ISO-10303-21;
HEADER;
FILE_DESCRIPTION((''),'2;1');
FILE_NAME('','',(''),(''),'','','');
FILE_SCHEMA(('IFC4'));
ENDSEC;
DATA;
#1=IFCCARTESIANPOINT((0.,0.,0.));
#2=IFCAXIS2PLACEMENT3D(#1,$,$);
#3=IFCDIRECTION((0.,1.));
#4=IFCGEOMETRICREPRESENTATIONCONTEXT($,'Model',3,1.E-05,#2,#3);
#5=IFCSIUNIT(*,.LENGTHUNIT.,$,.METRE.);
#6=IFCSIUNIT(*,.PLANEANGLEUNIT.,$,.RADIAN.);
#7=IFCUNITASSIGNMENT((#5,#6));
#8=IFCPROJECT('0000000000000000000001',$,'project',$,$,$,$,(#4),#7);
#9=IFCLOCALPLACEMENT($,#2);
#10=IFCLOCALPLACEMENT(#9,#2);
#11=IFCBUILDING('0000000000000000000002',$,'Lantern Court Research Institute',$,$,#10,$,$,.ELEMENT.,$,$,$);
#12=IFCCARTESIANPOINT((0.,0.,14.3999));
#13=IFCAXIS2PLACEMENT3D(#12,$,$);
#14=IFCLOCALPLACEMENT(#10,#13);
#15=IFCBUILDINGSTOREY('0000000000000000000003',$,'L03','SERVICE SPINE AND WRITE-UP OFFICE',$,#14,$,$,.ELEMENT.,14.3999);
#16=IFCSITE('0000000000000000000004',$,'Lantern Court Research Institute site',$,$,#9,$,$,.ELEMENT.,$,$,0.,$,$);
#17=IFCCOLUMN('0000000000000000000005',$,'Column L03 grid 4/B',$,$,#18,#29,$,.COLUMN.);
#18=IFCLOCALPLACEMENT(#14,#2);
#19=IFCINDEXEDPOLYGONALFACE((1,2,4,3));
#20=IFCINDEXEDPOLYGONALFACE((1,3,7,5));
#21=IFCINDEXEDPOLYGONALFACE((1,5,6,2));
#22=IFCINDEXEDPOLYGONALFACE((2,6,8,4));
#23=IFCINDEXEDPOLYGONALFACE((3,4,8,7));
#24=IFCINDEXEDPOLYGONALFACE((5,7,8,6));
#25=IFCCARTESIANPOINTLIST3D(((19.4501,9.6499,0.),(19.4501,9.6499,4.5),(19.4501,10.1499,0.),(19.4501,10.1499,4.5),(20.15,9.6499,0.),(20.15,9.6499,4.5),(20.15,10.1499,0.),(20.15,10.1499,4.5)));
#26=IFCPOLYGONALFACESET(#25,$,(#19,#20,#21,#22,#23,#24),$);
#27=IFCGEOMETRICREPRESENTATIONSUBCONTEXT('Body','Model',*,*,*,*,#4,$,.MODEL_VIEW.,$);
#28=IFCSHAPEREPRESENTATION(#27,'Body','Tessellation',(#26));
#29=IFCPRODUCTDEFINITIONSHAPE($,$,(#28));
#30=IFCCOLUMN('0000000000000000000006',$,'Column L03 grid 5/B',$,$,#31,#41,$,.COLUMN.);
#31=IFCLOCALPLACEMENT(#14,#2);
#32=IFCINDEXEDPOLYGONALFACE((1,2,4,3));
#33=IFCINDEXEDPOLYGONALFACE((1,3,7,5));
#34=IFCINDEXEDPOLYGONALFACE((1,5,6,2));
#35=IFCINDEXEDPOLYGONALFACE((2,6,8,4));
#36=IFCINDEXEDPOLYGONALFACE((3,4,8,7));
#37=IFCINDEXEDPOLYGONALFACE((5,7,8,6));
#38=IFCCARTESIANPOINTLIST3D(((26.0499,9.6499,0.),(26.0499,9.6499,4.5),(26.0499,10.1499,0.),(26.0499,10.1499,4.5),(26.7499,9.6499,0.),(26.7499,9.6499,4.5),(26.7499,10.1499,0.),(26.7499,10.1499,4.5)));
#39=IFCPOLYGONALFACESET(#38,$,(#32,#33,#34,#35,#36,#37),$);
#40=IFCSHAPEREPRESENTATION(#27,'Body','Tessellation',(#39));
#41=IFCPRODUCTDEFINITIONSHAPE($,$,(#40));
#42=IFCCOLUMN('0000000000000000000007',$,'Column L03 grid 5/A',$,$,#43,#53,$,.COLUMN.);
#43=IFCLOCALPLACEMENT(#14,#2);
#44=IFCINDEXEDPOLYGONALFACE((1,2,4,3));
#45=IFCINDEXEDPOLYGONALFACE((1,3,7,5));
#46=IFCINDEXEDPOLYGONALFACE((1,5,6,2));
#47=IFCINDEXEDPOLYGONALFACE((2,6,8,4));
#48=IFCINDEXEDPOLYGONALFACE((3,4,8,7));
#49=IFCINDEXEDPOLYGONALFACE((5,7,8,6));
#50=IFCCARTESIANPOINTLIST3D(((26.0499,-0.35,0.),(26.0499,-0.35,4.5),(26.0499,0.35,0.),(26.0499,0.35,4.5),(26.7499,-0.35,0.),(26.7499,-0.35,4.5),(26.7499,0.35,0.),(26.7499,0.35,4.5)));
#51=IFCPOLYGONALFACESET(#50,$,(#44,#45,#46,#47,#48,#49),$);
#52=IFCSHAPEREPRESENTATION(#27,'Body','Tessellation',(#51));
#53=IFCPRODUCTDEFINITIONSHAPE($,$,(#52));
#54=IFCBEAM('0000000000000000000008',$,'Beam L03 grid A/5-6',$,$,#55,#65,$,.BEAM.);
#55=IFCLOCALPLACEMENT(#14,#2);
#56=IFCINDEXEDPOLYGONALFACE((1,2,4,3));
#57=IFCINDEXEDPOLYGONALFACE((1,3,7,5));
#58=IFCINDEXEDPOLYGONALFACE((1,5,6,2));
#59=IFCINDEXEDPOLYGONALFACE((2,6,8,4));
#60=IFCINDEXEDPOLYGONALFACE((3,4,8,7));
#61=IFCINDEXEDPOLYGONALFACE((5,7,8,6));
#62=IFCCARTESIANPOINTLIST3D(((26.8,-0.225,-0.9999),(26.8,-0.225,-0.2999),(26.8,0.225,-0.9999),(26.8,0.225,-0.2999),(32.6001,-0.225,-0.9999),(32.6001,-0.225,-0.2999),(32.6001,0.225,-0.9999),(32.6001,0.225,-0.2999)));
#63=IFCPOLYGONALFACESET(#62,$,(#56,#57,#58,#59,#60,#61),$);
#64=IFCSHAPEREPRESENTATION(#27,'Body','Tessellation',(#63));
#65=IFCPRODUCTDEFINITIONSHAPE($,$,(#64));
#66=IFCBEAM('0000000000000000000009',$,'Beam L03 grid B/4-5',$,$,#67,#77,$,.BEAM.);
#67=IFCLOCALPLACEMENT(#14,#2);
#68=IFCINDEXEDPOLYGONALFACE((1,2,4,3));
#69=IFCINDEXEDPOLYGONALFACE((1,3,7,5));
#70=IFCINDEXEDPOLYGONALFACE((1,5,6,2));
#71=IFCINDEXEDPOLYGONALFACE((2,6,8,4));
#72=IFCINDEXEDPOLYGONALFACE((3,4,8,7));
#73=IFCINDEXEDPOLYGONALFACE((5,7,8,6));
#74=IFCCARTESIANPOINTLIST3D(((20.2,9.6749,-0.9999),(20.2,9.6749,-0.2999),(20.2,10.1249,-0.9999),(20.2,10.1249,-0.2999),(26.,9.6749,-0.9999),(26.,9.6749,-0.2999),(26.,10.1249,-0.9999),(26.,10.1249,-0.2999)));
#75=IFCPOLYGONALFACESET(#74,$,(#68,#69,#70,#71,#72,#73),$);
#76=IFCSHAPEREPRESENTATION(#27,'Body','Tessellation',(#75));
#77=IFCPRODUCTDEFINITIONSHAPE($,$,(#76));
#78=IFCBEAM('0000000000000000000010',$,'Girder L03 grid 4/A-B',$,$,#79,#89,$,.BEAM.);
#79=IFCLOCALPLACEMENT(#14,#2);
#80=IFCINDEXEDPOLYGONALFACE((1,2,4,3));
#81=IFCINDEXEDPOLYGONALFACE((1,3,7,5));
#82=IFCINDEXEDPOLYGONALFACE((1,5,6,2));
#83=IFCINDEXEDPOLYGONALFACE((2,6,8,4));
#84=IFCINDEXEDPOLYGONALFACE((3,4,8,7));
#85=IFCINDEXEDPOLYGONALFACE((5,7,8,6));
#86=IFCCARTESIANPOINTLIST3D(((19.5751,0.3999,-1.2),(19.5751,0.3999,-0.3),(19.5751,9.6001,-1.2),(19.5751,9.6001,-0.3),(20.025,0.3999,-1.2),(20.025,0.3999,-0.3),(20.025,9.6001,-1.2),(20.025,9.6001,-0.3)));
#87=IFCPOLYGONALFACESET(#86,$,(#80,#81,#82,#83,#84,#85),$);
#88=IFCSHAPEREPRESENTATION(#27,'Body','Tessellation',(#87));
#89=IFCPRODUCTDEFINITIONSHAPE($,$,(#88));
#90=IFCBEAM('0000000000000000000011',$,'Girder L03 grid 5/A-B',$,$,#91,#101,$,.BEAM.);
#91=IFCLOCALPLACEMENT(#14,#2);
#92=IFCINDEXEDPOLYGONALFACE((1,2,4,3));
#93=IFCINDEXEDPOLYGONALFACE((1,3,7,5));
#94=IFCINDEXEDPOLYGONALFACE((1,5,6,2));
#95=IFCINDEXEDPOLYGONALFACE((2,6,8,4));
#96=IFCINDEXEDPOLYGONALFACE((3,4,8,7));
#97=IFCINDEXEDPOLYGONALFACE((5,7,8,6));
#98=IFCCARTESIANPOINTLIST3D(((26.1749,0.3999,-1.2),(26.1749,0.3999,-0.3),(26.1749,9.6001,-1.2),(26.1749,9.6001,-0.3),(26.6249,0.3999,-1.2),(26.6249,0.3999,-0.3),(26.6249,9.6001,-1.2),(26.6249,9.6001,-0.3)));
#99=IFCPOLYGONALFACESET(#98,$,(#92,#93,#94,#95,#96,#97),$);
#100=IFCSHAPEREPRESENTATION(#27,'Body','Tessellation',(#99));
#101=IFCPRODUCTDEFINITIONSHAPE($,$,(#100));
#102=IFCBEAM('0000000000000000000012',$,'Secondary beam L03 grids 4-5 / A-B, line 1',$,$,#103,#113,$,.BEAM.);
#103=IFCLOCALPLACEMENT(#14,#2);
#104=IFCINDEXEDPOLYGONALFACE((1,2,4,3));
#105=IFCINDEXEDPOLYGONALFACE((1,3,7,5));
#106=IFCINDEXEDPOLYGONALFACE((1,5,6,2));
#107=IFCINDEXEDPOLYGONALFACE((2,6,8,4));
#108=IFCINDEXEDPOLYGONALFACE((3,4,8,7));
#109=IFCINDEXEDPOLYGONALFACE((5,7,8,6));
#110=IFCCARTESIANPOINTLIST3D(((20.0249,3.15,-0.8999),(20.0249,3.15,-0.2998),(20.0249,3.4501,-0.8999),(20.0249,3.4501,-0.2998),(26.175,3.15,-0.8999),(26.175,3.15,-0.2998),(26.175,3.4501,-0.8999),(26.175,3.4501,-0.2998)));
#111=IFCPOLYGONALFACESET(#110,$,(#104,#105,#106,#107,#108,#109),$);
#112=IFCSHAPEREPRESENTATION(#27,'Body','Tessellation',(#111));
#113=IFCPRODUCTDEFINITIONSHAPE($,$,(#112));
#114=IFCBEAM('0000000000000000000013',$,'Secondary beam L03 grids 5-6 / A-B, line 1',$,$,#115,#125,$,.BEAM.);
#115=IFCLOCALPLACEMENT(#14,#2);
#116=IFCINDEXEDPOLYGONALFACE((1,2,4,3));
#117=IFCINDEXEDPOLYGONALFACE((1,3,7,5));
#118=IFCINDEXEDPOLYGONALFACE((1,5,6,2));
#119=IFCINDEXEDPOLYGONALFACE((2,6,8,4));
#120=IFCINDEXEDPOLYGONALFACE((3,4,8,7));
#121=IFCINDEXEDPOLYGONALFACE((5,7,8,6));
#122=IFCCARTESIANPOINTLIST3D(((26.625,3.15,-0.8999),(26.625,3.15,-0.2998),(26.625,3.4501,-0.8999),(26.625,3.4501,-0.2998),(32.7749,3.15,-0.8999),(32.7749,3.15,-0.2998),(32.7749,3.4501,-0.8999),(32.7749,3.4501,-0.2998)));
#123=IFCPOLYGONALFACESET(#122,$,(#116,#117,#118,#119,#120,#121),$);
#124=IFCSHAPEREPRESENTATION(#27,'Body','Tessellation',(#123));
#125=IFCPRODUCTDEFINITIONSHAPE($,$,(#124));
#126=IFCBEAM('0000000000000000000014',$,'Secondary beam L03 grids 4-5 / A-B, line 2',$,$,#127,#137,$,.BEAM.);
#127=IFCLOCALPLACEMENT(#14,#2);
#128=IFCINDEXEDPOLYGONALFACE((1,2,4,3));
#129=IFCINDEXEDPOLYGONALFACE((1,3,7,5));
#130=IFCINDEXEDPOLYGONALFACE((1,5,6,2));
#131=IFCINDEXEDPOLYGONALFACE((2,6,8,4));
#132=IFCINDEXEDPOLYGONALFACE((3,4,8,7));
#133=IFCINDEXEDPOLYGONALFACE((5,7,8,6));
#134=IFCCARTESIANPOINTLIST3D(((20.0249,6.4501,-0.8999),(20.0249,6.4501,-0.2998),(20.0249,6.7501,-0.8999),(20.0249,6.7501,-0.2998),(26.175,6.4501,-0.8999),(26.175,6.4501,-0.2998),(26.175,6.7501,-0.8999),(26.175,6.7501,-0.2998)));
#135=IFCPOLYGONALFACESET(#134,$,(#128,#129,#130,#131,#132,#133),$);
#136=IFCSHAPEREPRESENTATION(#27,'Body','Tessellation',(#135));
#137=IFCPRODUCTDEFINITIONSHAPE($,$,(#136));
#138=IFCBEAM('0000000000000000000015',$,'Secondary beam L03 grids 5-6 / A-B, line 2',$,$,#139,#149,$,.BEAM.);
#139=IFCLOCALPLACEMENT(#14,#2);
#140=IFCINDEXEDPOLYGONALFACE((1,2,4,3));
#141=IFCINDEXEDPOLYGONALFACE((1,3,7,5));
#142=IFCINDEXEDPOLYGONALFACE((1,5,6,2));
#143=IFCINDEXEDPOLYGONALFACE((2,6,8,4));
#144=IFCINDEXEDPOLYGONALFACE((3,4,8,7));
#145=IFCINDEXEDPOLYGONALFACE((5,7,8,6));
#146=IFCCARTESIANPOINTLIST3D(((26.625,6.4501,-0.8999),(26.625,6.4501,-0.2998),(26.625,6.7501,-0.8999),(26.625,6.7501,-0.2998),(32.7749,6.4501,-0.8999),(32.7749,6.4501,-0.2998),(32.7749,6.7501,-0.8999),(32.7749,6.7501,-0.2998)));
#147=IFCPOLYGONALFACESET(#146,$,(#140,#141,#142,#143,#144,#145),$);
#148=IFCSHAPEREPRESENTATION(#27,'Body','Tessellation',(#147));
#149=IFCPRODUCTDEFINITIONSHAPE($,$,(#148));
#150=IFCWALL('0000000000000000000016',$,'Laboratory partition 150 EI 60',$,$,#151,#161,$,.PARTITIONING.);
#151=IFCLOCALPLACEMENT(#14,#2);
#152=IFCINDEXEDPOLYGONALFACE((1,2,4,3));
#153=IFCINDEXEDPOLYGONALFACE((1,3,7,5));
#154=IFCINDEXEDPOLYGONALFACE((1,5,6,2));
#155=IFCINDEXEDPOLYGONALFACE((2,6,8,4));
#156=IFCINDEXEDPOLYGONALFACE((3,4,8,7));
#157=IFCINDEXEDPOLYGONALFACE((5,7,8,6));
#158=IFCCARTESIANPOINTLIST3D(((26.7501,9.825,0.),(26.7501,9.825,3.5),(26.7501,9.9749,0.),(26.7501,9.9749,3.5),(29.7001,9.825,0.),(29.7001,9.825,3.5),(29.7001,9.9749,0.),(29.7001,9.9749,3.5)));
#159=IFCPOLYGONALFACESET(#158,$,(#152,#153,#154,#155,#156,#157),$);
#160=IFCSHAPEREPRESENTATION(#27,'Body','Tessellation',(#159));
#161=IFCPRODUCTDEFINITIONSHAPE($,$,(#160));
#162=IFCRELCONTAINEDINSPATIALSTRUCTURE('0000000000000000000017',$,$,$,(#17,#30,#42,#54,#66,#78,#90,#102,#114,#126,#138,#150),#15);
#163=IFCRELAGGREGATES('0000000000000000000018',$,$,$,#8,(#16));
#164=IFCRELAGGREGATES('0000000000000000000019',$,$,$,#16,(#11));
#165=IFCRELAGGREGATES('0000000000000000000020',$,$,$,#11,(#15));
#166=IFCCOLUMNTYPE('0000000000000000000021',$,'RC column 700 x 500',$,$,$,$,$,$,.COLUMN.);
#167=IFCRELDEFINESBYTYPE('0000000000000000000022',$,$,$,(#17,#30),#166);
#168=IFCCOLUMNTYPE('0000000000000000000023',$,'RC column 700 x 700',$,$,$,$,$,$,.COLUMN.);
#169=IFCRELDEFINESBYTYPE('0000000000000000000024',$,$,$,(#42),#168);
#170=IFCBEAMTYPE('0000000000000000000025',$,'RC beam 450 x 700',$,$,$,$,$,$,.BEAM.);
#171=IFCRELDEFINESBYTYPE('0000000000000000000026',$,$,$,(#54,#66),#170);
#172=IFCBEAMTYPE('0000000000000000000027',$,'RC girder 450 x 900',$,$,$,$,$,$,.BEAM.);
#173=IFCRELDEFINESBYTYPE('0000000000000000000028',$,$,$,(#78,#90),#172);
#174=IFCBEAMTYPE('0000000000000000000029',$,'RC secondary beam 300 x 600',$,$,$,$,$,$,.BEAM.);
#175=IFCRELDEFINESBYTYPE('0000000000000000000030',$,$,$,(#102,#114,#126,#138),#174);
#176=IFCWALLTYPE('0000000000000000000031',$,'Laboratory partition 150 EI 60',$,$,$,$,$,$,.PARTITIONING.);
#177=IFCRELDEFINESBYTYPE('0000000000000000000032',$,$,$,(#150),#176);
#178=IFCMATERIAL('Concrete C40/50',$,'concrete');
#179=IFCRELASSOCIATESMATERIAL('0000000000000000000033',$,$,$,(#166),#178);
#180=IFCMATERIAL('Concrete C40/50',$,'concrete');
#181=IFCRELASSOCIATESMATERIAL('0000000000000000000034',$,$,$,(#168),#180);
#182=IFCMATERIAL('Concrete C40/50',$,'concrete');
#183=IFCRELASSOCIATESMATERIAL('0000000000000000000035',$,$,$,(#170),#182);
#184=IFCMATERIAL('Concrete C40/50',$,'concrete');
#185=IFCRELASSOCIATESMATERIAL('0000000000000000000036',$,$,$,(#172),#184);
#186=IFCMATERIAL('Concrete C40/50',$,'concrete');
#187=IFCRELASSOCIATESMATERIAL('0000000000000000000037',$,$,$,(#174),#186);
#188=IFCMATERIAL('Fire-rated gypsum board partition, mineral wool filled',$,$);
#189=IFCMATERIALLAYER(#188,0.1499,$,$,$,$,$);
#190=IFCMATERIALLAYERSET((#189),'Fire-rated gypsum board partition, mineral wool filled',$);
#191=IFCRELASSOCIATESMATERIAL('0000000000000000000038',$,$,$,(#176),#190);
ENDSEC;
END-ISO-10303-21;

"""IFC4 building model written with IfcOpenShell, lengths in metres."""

from ifc_helpers import new_model, si_unit, direction, frame, frame_2d, origin, origin_2d, place, context, subcontext, project, spatial, rectangle, extrude, material, layer, layer_set, material_profile, profile_set, type_object, element, save


model = new_model("IFC4")

# Units and contexts
model_context = context("Model", 3, precision=1e-05, world=origin(), true_north=direction((0.0, 1.0)))
body_context = subcontext(model_context, "Body", "Model", "MODEL_VIEW")
ifc_project = project(units=[si_unit("LENGTHUNIT", "METRE"), si_unit("PLANEANGLEUNIT", "RADIAN")], contexts=[model_context])

# Site, building, storey
site_placement = place(None, origin())
site = spatial("IfcSite", under=ifc_project, at=site_placement, Name="Lantern Court Research Institute site", CompositionType="ELEMENT", RefElevation=0.0)
building_placement = place(site_placement, origin())
building = spatial("IfcBuilding", under=site, at=building_placement, Name="Lantern Court Research Institute", CompositionType="ELEMENT")
storey_placement = place(building_placement, frame((0.0, 0.0, 14.3999)))
storey = spatial("IfcBuildingStorey", under=building, at=storey_placement, Name="L03", Description="SERVICE SPINE AND WRITE-UP OFFICE", CompositionType="ELEMENT", Elevation=14.3999)

# Columns
ifc_material_1 = material(Name="Concrete C40/50", Category="concrete")
ifc_material_profile_1 = material_profile(ifc_material_1, rectangle(XDim=0.7, YDim=0.5, at=origin_2d()), Name="RC column 700 x 500")
ifc_profile_set_1 = profile_set([ifc_material_profile_1], Name="Concrete C40/50")
column_type_1 = type_object("IfcColumnType", Name="RC column 700 x 500", PredefinedType="COLUMN", material=ifc_profile_set_1)
for number, where, z_axis, x_axis, name in (
    (1, (19.8, 9.8999, 0.0), (0.0, 0.0, 1.0), (1.0, 0.0, 0.0), "Column L03 grid 4/B"),
    (2, (26.3999, 9.8999, 0.0), (0.0, 0.0, 1.0), (1.0, 0.0, 0.0), "Column L03 grid 5/B"),
):
    element("IfcColumn", number, at=place(storey_placement, frame(where, z_axis=z_axis, x_axis=x_axis)), inside=storey, type_object=column_type_1, Name=name, PredefinedType="COLUMN", context=body_context, shape_type="SweptSolid", body=[
        extrude(rectangle(XDim=0.7, YDim=0.5, at=origin_2d()), origin(), (0.0, 0.0, 1.0), 4.5),
    ])
ifc_material_2 = material(Name="Concrete C40/50", Category="concrete")
ifc_material_profile_2 = material_profile(ifc_material_2, rectangle(XDim=0.7, YDim=0.7, at=origin_2d()), Name="RC column 700 x 700")
ifc_profile_set_2 = profile_set([ifc_material_profile_2], Name="Concrete C40/50")
column_type_2 = type_object("IfcColumnType", Name="RC column 700 x 700", PredefinedType="COLUMN", material=ifc_profile_set_2)
column_placement = place(storey_placement, frame((26.3999, 0.0, 0.0), z_axis=(0.0, 0.0, 1.0), x_axis=(1.0, 0.0, 0.0)))
element("IfcColumn", 3, at=column_placement, inside=storey, type_object=column_type_2, Name="Column L03 grid 5/A", PredefinedType="COLUMN", context=body_context, shape_type="SweptSolid", body=[
    extrude(rectangle(XDim=0.7, YDim=0.7, at=origin_2d()), origin(), (0.0, 0.0, 1.0), 4.5),
])

# Beams
ifc_material_3 = material(Name="Concrete C40/50", Category="concrete")
ifc_material_profile_3 = material_profile(ifc_material_3, rectangle(XDim=0.45, YDim=0.7, at=origin_2d()), Name="RC beam 450 x 700")
ifc_profile_set_3 = profile_set([ifc_material_profile_3], Name="Concrete C40/50")
beam_type_1 = type_object("IfcBeamType", Name="RC beam 450 x 700", PredefinedType="BEAM", material=ifc_profile_set_3)
for number, where, z_axis, x_axis, name in (
    (4, (26.8, 0.0, -0.6499), (1.0, 0.0, 0.0), (0.0, 1.0, 0.0), "Beam L03 grid A/5-6"),
    (5, (20.2, 9.8999, -0.6499), (1.0, 0.0, 0.0), (0.0, 1.0, 0.0), "Beam L03 grid B/4-5"),
):
    element("IfcBeam", number, at=place(storey_placement, frame(where, z_axis=z_axis, x_axis=x_axis)), inside=storey, type_object=beam_type_1, Name=name, PredefinedType="BEAM", context=body_context, shape_type="SweptSolid", body=[
        extrude(rectangle(XDim=0.45, YDim=0.7, at=origin_2d()), origin(), (0.0, 0.0, 1.0), 5.8),
    ])
ifc_material_4 = material(Name="Concrete C40/50", Category="concrete")
ifc_material_profile_4 = material_profile(ifc_material_4, rectangle(XDim=0.45, YDim=0.8999, at=origin_2d()), Name="RC beam 450 x 900")
ifc_profile_set_4 = profile_set([ifc_material_profile_4], Name="Concrete C40/50")
beam_type_2 = type_object("IfcBeamType", Name="RC girder 450 x 900", PredefinedType="BEAM", material=ifc_profile_set_4)
for number, where, z_axis, x_axis, name in (
    (6, (19.8, 0.3999, -0.75), (0.0, 1.0, 0.0), (-1.0, 0.0, 0.0), "Girder L03 grid 4/A-B"),
    (7, (26.3999, 0.3999, -0.75), (0.0, 1.0, 0.0), (-1.0, 0.0, 0.0), "Girder L03 grid 5/A-B"),
):
    element("IfcBeam", number, at=place(storey_placement, frame(where, z_axis=z_axis, x_axis=x_axis)), inside=storey, type_object=beam_type_2, Name=name, PredefinedType="BEAM", context=body_context, shape_type="SweptSolid", body=[
        extrude(rectangle(XDim=0.45, YDim=0.8999, at=origin_2d()), origin(), (0.0, 0.0, 1.0), 9.2002),
    ])
ifc_material_5 = material(Name="Concrete C40/50", Category="concrete")
ifc_material_profile_5 = material_profile(ifc_material_5, rectangle(XDim=0.3, YDim=0.6001, at=origin_2d()), Name="RC beam 300 x 600")
ifc_profile_set_5 = profile_set([ifc_material_profile_5], Name="Concrete C40/50")
beam_type_3 = type_object("IfcBeamType", Name="RC secondary beam 300 x 600", PredefinedType="BEAM", material=ifc_profile_set_5)
beam_1_placement = place(storey_placement, frame((20.0249, 3.3, -0.5999), z_axis=(1.0, 0.0, 0.0), x_axis=(0.0, 1.0, 0.0)))
element("IfcBeam", 8, at=beam_1_placement, inside=storey, type_object=beam_type_3, Name="Secondary beam L03 grids 4-5 / A-B, line 1", PredefinedType="BEAM", context=body_context, shape_type="SweptSolid", body=[
    extrude(rectangle(XDim=0.3, YDim=0.6001, at=origin_2d()), origin(), (0.0, 0.0, 1.0), 6.1501),
])
beam_2_placement = place(storey_placement, frame((26.625, 3.3, -0.5999), z_axis=(1.0, 0.0, 0.0), x_axis=(0.0, 1.0, 0.0)))
element("IfcBeam", 9, at=beam_2_placement, inside=storey, type_object=beam_type_3, Name="Secondary beam L03 grids 5-6 / A-B, line 1", PredefinedType="BEAM", context=body_context, shape_type="SweptSolid", body=[
    extrude(rectangle(XDim=0.3, YDim=0.6001, at=origin_2d()), origin(), (0.0, 0.0, 1.0), 6.1499),
])
beam_3_placement = place(storey_placement, frame((20.0249, 6.6001, -0.5999), z_axis=(1.0, 0.0, 0.0), x_axis=(0.0, 1.0, 0.0)))
element("IfcBeam", 10, at=beam_3_placement, inside=storey, type_object=beam_type_3, Name="Secondary beam L03 grids 4-5 / A-B, line 2", PredefinedType="BEAM", context=body_context, shape_type="SweptSolid", body=[
    extrude(rectangle(XDim=0.3, YDim=0.6001, at=origin_2d()), origin(), (0.0, 0.0, 1.0), 6.1501),
])
beam_4_placement = place(storey_placement, frame((26.625, 6.6001, -0.5999), z_axis=(1.0, 0.0, 0.0), x_axis=(0.0, 1.0, 0.0)))
element("IfcBeam", 11, at=beam_4_placement, inside=storey, type_object=beam_type_3, Name="Secondary beam L03 grids 5-6 / A-B, line 2", PredefinedType="BEAM", context=body_context, shape_type="SweptSolid", body=[
    extrude(rectangle(XDim=0.3, YDim=0.6001, at=origin_2d()), origin(), (0.0, 0.0, 1.0), 6.1499),
])

# Shared definitions
ifc_material_6 = material(Name="Fire-rated gypsum board partition, mineral wool filled")
ifc_layer_1 = layer(ifc_material_6, 0.1499)
ifc_layer_set_1 = layer_set([ifc_layer_1], Name="Fire-rated gypsum board partition, mineral wool filled")
wall_type = type_object("IfcWallType", Name="Laboratory partition 150 EI 60", PredefinedType="PARTITIONING", material=ifc_layer_set_1)

# Wall
wall_1_placement = place(storey_placement, frame((26.75, 9.8999, 0.0), z_axis=(0.0, 0.0, 1.0), x_axis=(1.0, 0.0, 0.0)))
element("IfcWall", 12, at=wall_1_placement, inside=storey, type_object=wall_type, Name="Laboratory partition 150 EI 60", PredefinedType="PARTITIONING", context=body_context, shape_type="SweptSolid", body=[
    extrude(rectangle(XDim=2.95, YDim=0.1499, at=frame_2d((1.4751, 0.0))), origin(), (0.0, 0.0, 1.0), 3.5),
])

save(model, "model.ifc")
